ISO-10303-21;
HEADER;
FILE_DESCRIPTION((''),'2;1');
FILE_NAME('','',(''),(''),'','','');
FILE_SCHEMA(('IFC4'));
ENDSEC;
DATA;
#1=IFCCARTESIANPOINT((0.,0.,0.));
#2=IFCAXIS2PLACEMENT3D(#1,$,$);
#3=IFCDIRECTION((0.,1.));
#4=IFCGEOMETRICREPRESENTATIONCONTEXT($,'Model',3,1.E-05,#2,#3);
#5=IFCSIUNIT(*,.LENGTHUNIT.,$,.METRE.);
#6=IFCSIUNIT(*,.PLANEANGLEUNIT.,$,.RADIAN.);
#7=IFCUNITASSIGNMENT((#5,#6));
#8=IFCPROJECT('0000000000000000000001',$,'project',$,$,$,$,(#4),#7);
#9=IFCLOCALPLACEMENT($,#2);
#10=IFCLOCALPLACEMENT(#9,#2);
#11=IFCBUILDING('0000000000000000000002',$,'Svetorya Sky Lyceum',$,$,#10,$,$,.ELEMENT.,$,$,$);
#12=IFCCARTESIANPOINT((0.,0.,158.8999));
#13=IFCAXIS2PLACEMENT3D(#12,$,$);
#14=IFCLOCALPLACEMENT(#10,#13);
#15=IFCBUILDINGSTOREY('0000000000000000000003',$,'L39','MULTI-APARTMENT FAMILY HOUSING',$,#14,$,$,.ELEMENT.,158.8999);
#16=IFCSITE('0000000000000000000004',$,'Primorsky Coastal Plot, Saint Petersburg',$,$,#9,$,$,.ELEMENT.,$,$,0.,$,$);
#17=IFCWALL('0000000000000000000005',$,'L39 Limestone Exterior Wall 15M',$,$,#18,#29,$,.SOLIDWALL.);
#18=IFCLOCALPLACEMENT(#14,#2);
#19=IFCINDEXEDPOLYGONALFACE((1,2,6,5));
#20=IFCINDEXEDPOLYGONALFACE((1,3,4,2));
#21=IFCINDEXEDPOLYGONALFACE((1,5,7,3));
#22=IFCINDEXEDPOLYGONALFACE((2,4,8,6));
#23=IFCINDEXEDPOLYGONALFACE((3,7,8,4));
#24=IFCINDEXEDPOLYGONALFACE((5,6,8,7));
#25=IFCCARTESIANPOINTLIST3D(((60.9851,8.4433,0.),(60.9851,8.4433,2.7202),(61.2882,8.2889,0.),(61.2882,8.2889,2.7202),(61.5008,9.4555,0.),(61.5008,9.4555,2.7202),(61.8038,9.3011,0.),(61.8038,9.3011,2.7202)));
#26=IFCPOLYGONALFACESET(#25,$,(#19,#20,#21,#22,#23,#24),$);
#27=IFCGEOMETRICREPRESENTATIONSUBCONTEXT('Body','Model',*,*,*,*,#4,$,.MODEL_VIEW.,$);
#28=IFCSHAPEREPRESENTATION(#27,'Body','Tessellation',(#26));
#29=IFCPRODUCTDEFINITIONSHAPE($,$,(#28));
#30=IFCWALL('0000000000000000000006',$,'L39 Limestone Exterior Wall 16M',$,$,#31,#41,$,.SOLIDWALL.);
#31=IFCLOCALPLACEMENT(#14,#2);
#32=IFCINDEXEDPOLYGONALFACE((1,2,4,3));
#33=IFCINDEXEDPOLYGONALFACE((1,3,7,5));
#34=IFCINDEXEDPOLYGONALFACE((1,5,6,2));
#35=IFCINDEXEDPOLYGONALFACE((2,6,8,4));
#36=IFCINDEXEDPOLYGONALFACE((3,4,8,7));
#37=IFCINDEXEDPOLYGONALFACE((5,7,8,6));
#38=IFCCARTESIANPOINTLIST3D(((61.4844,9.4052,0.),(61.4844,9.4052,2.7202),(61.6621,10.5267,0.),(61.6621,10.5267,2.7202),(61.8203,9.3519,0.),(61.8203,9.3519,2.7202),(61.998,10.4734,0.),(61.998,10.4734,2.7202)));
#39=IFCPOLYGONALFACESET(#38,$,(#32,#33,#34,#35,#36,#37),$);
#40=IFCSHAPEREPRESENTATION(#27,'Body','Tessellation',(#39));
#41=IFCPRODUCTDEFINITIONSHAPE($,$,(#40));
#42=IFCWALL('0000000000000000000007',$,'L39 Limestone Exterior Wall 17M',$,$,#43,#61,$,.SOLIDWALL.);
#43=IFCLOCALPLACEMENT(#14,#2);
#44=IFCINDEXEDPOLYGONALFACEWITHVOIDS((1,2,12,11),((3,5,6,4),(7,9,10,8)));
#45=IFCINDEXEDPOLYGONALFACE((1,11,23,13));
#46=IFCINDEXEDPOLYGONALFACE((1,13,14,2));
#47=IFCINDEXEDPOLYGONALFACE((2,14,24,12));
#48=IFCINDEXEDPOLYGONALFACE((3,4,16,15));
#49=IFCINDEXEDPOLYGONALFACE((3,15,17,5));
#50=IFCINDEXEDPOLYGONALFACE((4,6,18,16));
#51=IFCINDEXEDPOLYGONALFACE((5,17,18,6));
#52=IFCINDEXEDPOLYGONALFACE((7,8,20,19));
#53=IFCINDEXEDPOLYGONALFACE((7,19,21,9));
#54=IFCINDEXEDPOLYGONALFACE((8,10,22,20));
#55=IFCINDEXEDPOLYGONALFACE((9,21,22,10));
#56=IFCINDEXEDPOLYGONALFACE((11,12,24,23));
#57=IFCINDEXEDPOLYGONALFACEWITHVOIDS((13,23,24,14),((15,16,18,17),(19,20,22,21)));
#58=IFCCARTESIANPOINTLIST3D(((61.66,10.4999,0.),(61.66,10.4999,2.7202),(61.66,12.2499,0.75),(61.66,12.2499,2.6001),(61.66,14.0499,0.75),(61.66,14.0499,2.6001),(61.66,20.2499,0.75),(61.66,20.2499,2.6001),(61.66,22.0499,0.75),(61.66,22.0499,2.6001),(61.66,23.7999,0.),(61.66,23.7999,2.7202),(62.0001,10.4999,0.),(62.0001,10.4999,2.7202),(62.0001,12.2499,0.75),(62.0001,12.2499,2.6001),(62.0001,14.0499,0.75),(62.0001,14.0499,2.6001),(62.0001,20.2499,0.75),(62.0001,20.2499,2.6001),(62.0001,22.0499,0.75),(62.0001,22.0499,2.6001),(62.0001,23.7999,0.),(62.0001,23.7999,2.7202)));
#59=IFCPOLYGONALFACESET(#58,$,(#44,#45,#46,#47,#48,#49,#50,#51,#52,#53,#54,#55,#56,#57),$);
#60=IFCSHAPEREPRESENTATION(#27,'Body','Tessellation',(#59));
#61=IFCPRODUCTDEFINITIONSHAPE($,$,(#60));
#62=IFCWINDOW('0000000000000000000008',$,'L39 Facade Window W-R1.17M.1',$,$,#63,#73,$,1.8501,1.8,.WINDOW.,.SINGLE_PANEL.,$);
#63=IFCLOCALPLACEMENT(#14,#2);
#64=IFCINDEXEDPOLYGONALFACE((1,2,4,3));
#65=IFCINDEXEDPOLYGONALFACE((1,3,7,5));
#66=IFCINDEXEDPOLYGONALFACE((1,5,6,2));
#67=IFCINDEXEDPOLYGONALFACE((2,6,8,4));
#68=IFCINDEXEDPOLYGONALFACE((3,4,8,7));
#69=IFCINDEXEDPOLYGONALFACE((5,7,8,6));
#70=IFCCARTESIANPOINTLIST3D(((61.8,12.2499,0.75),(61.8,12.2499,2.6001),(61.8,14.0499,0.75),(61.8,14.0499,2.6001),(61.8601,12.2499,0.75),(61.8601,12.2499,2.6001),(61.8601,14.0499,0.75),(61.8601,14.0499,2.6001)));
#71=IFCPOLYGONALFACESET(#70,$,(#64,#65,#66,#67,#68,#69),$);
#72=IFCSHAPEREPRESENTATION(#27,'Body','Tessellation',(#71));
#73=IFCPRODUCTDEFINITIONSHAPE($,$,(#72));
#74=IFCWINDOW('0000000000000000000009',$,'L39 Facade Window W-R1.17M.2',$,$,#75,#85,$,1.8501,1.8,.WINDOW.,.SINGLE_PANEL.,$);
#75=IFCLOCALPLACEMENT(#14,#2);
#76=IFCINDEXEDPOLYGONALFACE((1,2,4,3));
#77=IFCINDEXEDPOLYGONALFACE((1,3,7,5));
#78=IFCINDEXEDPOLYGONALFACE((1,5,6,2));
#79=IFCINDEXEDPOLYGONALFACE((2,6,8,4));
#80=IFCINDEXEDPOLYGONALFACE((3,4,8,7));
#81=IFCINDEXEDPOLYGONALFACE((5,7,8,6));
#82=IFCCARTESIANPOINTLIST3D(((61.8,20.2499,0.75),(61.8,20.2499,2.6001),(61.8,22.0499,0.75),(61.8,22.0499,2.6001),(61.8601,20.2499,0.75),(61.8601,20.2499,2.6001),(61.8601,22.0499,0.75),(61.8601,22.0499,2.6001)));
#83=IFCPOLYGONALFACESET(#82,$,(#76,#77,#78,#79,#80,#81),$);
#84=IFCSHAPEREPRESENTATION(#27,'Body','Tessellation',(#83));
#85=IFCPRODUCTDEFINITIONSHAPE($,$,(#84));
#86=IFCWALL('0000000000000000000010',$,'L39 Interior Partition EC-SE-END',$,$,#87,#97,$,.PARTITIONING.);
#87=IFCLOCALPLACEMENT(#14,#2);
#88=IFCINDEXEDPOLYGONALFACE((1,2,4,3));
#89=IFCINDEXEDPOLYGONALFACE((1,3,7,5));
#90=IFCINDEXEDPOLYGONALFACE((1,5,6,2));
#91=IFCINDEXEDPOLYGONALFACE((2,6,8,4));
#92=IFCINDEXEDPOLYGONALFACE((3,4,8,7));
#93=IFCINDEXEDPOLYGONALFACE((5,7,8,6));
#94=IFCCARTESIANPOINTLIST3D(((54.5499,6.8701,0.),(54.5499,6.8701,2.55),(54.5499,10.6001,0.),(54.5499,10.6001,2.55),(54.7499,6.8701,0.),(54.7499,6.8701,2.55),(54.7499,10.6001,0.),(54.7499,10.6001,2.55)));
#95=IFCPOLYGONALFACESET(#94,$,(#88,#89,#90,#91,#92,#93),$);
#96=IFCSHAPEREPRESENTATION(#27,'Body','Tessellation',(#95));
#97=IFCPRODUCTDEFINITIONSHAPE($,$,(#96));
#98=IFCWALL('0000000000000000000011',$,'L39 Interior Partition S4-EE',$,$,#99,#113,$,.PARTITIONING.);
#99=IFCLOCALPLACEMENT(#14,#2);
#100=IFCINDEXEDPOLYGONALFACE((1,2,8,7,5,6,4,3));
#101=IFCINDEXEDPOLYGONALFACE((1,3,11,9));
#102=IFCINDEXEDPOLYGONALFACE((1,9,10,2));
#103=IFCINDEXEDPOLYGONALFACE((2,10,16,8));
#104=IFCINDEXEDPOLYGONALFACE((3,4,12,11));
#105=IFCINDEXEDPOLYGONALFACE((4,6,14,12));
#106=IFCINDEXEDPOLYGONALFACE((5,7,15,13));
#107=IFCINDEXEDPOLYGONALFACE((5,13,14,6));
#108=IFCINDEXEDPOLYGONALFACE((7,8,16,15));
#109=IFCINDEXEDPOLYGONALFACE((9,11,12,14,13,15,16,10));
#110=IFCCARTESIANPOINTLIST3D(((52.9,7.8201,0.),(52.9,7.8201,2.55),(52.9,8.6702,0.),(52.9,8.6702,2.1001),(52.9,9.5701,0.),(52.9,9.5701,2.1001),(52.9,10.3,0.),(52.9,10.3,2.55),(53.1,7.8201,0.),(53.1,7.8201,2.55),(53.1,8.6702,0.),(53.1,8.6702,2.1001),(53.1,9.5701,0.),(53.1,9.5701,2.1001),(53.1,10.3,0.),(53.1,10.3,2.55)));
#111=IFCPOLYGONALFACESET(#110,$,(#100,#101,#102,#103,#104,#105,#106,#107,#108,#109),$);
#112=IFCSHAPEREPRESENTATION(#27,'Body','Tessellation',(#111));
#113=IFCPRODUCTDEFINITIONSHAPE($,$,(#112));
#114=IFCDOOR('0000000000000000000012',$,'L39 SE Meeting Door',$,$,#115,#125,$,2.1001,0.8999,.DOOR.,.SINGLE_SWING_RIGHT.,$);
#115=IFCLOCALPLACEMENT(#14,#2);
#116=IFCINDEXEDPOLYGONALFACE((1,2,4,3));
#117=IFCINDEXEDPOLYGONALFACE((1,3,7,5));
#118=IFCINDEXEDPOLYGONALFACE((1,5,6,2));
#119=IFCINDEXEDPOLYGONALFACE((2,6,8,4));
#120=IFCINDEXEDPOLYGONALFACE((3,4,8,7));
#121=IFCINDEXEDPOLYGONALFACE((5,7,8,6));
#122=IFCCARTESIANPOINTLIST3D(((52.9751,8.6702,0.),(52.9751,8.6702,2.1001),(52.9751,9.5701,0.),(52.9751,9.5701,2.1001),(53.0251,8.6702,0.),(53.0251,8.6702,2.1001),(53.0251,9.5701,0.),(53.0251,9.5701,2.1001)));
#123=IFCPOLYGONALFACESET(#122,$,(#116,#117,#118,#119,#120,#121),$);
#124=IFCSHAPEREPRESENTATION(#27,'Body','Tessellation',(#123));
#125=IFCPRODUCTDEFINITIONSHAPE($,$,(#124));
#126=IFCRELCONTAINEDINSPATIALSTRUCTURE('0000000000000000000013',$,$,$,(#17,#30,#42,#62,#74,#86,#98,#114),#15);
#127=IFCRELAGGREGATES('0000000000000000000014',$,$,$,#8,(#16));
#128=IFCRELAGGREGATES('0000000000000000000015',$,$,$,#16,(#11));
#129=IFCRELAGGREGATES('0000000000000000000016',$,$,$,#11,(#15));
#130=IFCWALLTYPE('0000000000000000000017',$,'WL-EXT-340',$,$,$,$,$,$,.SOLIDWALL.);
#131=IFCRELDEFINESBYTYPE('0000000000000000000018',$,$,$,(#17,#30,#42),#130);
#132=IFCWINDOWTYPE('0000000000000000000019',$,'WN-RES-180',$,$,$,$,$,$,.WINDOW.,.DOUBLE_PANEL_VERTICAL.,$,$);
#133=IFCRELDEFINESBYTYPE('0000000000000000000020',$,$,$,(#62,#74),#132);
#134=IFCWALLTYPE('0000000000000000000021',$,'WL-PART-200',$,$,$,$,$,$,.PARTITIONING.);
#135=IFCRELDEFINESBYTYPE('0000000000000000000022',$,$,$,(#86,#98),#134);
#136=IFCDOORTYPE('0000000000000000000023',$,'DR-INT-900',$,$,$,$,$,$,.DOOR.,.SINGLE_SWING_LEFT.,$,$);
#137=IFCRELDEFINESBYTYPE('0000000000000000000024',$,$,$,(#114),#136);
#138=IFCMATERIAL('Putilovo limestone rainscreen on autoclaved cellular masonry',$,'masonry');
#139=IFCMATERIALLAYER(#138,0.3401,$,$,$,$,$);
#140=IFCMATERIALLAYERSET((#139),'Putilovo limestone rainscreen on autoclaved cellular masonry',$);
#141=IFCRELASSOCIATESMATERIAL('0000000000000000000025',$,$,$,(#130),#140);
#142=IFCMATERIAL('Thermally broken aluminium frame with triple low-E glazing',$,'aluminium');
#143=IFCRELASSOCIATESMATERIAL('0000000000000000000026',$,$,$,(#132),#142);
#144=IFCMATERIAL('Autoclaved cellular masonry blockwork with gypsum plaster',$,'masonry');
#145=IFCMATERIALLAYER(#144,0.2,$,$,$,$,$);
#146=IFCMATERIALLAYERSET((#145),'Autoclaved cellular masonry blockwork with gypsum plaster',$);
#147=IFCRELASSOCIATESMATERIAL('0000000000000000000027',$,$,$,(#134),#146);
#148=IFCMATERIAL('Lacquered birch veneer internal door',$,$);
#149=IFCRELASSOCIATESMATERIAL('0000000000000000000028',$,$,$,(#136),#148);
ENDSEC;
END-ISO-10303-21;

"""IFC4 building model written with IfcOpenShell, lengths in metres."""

from ifc_helpers import new_model, si_unit, direction, frame, frame_2d, origin, place, context, subcontext, project, spatial, rectangle, extrude, material, layer, layer_set, type_object, element, fill, save


model = new_model("IFC4")

# Units and contexts
model_context = context("Model", 3, precision=1e-05, world=origin(), true_north=direction((0.0, 1.0)))
body_context = subcontext(model_context, "Body", "Model", "MODEL_VIEW")
ifc_project = project(units=[si_unit("LENGTHUNIT", "METRE"), si_unit("PLANEANGLEUNIT", "RADIAN")], contexts=[model_context])

# Site, building, storey
site_placement = place(None, origin())
site = spatial("IfcSite", under=ifc_project, at=site_placement, Name="Primorsky Coastal Plot, Saint Petersburg", CompositionType="ELEMENT", RefElevation=0.0)
building_placement = place(site_placement, origin())
building = spatial("IfcBuilding", under=site, at=building_placement, Name="Svetorya Sky Lyceum", CompositionType="ELEMENT")
storey_placement = place(building_placement, frame((0.0, 0.0, 158.8999)))
storey = spatial("IfcBuildingStorey", under=building, at=storey_placement, Name="L39", Description="MULTI-APARTMENT FAMILY HOUSING", CompositionType="ELEMENT", Elevation=158.8999)

# Walls
ifc_material_1 = material(Name="Putilovo limestone rainscreen on autoclaved cellular masonry", Category="masonry")
ifc_layer_1 = layer(ifc_material_1, 0.3401)
ifc_layer_set_1 = layer_set([ifc_layer_1], Name="Putilovo limestone rainscreen on autoclaved cellular masonry")
wall_type_1 = type_object("IfcWallType", Name="WL-EXT-340", PredefinedType="SOLIDWALL", material=ifc_layer_set_1)
wall_1_placement = place(storey_placement, frame((61.1367, 8.3662, 0.0), z_axis=(0.0, 0.0, 1.0), x_axis=(0.453906, 0.891049, 0.0)))
element("IfcWall", 1, at=wall_1_placement, inside=storey, type_object=wall_type_1, Name="L39 Limestone Exterior Wall 15M", PredefinedType="SOLIDWALL", context=body_context, shape_type="SweptSolid", body=[
    extrude(rectangle(XDim=1.136, YDim=0.3401, at=frame_2d((0.5679, 0.0))), origin(), (0.0, 0.0, 1.0), 2.7202),
])
wall_2_placement = place(storey_placement, frame((61.6523, 9.3784, 0.0), z_axis=(0.0, 0.0, 1.0), x_axis=(0.156515, 0.987676, 0.0)))
element("IfcWall", 2, at=wall_2_placement, inside=storey, type_object=wall_type_1, Name="L39 Limestone Exterior Wall 16M", PredefinedType="SOLIDWALL", context=body_context, shape_type="SweptSolid", body=[
    extrude(rectangle(XDim=1.1355, YDim=0.3401, at=frame_2d((0.5679, 0.0))), origin(), (0.0, 0.0, 1.0), 2.7202),
])

# Wall, openings, windows
wall_3_placement = place(storey_placement, frame((61.8301, 10.5, 0.0), z_axis=(0.0, 0.0, 1.0), x_axis=(0.0, 1.0, 0.0)))
wall_3 = element("IfcWall", 3, at=wall_3_placement, inside=storey, type_object=wall_type_1, Name="L39 Limestone Exterior Wall 17M", PredefinedType="SOLIDWALL", context=body_context, shape_type="SweptSolid", body=[
    extrude(rectangle(XDim=13.3, YDim=0.3401, at=frame_2d((6.6499, 0.0))), origin(), (0.0, 0.0, 1.0), 2.7202),
])
opening_1_placement = place(wall_3_placement, frame((1.75, 0.0, 0.75)))
opening_1 = element("IfcOpeningElement", 4, at=opening_1_placement, cuts=wall_3, PredefinedType="OPENING", context=body_context, shape_type="SweptSolid", body=[
    extrude(rectangle(XDim=1.8, YDim=1.8501, at=frame_2d((0.8999, 0.925))), frame((0.0, 0.1799, 0.0), z_axis=(0.0, -1.0, 0.0), x_axis=(1.0, 0.0, 0.0)), (0.0, 0.0, 1.0), 0.3601),
])
opening_2_placement = place(wall_3_placement, frame((9.75, 0.0, 0.75)))
opening_2 = element("IfcOpeningElement", 5, at=opening_2_placement, cuts=wall_3, PredefinedType="OPENING", context=body_context, shape_type="SweptSolid", body=[
    extrude(rectangle(XDim=1.8, YDim=1.8501, at=frame_2d((0.8999, 0.925))), frame((0.0, 0.1799, 0.0), z_axis=(0.0, -1.0, 0.0), x_axis=(1.0, 0.0, 0.0)), (0.0, 0.0, 1.0), 0.3601),
])
ifc_material_2 = material(Name="Thermally broken aluminium frame with triple low-E glazing", Category="aluminium")
window_type = type_object("IfcWindowType", Name="WN-RES-180", PartitioningType="DOUBLE_PANEL_VERTICAL", PredefinedType="WINDOW", material=ifc_material_2)
window_1_placement = place(opening_1_placement, origin())
window_1 = element("IfcWindow", 6, at=window_1_placement, inside=storey, type_object=window_type, Name="L39 Facade Window W-R1.17M.1", OverallHeight=1.8501, OverallWidth=1.8, PartitioningType="SINGLE_PANEL", PredefinedType="WINDOW", context=body_context, shape_type="SweptSolid", body=[
    extrude(rectangle(XDim=1.8, YDim=1.8501, at=frame_2d((0.8999, 0.925))), frame((0.0, 0.03, 0.0), z_axis=(0.0, -1.0, 0.0), x_axis=(1.0, 0.0, 0.0)), (0.0, 0.0, 1.0), 0.0601),
])
fill(opening_1, window_1)
window_2_placement = place(opening_2_placement, origin())
window_2 = element("IfcWindow", 7, at=window_2_placement, inside=storey, type_object=window_type, Name="L39 Facade Window W-R1.17M.2", OverallHeight=1.8501, OverallWidth=1.8, PartitioningType="SINGLE_PANEL", PredefinedType="WINDOW", context=body_context, shape_type="SweptSolid", body=[
    extrude(rectangle(XDim=1.8, YDim=1.8501, at=frame_2d((0.8999, 0.925))), frame((0.0, 0.03, 0.0), z_axis=(0.0, -1.0, 0.0), x_axis=(1.0, 0.0, 0.0)), (0.0, 0.0, 1.0), 0.0601),
])
fill(opening_2, window_2)

# Wall
ifc_material_3 = material(Name="Autoclaved cellular masonry blockwork with gypsum plaster", Category="masonry")
ifc_layer_2 = layer(ifc_material_3, 0.2)
ifc_layer_set_2 = layer_set([ifc_layer_2], Name="Autoclaved cellular masonry blockwork with gypsum plaster")
wall_type_2 = type_object("IfcWallType", Name="WL-PART-200", PredefinedType="PARTITIONING", material=ifc_layer_set_2)
wall_4_placement = place(storey_placement, frame((54.6499, 6.8701, 0.0), z_axis=(0.0, 0.0, 1.0), x_axis=(0.0, 1.0, 0.0)))
element("IfcWall", 8, at=wall_4_placement, inside=storey, type_object=wall_type_2, Name="L39 Interior Partition EC-SE-END", PredefinedType="PARTITIONING", context=body_context, shape_type="SweptSolid", body=[
    extrude(rectangle(XDim=3.73, YDim=0.2, at=frame_2d((1.865, 0.0))), origin(), (0.0, 0.0, 1.0), 2.55),
])

# Wall, opening, door
wall_5_placement = place(storey_placement, frame((53.0, 7.8201, 0.0), z_axis=(0.0, 0.0, 1.0), x_axis=(0.0, 1.0, 0.0)))
wall_5 = element("IfcWall", 9, at=wall_5_placement, inside=storey, type_object=wall_type_2, Name="L39 Interior Partition S4-EE", PredefinedType="PARTITIONING", context=body_context, shape_type="SweptSolid", body=[
    extrude(rectangle(XDim=2.48, YDim=0.2, at=frame_2d((1.24, 0.0))), origin(), (0.0, 0.0, 1.0), 2.55),
])
opening_3_placement = place(wall_5_placement, frame((0.8501, 0.0, 0.0)))
opening_3 = element("IfcOpeningElement", 10, at=opening_3_placement, cuts=wall_5, PredefinedType="OPENING", context=body_context, shape_type="SweptSolid", body=[
    extrude(rectangle(XDim=0.8999, YDim=2.1001, at=frame_2d((0.45, 1.05))), frame((0.0, 0.1099, 0.0), z_axis=(0.0, -1.0, 0.0), x_axis=(1.0, 0.0, 0.0)), (0.0, 0.0, 1.0), 0.22),
])
ifc_material_4 = material(Name="Lacquered birch veneer internal door")
door_type = type_object("IfcDoorType", Name="DR-INT-900", OperationType="SINGLE_SWING_LEFT", PredefinedType="DOOR", material=ifc_material_4)
door_placement = place(opening_3_placement, origin())
door = element("IfcDoor", 11, at=door_placement, inside=storey, type_object=door_type, Name="L39 SE Meeting Door", OperationType="SINGLE_SWING_RIGHT", OverallHeight=2.1001, OverallWidth=0.8999, PredefinedType="DOOR", context=body_context, shape_type="SweptSolid", body=[
    extrude(rectangle(XDim=0.8999, YDim=2.1001, at=frame_2d((0.45, 1.05))), frame((0.0, 0.0249, 0.0), z_axis=(0.0, -1.0, 0.0), x_axis=(1.0, 0.0, 0.0)), (0.0, 0.0, 1.0), 0.05),
])
fill(opening_3, door)

save(model, "model.ifc")
